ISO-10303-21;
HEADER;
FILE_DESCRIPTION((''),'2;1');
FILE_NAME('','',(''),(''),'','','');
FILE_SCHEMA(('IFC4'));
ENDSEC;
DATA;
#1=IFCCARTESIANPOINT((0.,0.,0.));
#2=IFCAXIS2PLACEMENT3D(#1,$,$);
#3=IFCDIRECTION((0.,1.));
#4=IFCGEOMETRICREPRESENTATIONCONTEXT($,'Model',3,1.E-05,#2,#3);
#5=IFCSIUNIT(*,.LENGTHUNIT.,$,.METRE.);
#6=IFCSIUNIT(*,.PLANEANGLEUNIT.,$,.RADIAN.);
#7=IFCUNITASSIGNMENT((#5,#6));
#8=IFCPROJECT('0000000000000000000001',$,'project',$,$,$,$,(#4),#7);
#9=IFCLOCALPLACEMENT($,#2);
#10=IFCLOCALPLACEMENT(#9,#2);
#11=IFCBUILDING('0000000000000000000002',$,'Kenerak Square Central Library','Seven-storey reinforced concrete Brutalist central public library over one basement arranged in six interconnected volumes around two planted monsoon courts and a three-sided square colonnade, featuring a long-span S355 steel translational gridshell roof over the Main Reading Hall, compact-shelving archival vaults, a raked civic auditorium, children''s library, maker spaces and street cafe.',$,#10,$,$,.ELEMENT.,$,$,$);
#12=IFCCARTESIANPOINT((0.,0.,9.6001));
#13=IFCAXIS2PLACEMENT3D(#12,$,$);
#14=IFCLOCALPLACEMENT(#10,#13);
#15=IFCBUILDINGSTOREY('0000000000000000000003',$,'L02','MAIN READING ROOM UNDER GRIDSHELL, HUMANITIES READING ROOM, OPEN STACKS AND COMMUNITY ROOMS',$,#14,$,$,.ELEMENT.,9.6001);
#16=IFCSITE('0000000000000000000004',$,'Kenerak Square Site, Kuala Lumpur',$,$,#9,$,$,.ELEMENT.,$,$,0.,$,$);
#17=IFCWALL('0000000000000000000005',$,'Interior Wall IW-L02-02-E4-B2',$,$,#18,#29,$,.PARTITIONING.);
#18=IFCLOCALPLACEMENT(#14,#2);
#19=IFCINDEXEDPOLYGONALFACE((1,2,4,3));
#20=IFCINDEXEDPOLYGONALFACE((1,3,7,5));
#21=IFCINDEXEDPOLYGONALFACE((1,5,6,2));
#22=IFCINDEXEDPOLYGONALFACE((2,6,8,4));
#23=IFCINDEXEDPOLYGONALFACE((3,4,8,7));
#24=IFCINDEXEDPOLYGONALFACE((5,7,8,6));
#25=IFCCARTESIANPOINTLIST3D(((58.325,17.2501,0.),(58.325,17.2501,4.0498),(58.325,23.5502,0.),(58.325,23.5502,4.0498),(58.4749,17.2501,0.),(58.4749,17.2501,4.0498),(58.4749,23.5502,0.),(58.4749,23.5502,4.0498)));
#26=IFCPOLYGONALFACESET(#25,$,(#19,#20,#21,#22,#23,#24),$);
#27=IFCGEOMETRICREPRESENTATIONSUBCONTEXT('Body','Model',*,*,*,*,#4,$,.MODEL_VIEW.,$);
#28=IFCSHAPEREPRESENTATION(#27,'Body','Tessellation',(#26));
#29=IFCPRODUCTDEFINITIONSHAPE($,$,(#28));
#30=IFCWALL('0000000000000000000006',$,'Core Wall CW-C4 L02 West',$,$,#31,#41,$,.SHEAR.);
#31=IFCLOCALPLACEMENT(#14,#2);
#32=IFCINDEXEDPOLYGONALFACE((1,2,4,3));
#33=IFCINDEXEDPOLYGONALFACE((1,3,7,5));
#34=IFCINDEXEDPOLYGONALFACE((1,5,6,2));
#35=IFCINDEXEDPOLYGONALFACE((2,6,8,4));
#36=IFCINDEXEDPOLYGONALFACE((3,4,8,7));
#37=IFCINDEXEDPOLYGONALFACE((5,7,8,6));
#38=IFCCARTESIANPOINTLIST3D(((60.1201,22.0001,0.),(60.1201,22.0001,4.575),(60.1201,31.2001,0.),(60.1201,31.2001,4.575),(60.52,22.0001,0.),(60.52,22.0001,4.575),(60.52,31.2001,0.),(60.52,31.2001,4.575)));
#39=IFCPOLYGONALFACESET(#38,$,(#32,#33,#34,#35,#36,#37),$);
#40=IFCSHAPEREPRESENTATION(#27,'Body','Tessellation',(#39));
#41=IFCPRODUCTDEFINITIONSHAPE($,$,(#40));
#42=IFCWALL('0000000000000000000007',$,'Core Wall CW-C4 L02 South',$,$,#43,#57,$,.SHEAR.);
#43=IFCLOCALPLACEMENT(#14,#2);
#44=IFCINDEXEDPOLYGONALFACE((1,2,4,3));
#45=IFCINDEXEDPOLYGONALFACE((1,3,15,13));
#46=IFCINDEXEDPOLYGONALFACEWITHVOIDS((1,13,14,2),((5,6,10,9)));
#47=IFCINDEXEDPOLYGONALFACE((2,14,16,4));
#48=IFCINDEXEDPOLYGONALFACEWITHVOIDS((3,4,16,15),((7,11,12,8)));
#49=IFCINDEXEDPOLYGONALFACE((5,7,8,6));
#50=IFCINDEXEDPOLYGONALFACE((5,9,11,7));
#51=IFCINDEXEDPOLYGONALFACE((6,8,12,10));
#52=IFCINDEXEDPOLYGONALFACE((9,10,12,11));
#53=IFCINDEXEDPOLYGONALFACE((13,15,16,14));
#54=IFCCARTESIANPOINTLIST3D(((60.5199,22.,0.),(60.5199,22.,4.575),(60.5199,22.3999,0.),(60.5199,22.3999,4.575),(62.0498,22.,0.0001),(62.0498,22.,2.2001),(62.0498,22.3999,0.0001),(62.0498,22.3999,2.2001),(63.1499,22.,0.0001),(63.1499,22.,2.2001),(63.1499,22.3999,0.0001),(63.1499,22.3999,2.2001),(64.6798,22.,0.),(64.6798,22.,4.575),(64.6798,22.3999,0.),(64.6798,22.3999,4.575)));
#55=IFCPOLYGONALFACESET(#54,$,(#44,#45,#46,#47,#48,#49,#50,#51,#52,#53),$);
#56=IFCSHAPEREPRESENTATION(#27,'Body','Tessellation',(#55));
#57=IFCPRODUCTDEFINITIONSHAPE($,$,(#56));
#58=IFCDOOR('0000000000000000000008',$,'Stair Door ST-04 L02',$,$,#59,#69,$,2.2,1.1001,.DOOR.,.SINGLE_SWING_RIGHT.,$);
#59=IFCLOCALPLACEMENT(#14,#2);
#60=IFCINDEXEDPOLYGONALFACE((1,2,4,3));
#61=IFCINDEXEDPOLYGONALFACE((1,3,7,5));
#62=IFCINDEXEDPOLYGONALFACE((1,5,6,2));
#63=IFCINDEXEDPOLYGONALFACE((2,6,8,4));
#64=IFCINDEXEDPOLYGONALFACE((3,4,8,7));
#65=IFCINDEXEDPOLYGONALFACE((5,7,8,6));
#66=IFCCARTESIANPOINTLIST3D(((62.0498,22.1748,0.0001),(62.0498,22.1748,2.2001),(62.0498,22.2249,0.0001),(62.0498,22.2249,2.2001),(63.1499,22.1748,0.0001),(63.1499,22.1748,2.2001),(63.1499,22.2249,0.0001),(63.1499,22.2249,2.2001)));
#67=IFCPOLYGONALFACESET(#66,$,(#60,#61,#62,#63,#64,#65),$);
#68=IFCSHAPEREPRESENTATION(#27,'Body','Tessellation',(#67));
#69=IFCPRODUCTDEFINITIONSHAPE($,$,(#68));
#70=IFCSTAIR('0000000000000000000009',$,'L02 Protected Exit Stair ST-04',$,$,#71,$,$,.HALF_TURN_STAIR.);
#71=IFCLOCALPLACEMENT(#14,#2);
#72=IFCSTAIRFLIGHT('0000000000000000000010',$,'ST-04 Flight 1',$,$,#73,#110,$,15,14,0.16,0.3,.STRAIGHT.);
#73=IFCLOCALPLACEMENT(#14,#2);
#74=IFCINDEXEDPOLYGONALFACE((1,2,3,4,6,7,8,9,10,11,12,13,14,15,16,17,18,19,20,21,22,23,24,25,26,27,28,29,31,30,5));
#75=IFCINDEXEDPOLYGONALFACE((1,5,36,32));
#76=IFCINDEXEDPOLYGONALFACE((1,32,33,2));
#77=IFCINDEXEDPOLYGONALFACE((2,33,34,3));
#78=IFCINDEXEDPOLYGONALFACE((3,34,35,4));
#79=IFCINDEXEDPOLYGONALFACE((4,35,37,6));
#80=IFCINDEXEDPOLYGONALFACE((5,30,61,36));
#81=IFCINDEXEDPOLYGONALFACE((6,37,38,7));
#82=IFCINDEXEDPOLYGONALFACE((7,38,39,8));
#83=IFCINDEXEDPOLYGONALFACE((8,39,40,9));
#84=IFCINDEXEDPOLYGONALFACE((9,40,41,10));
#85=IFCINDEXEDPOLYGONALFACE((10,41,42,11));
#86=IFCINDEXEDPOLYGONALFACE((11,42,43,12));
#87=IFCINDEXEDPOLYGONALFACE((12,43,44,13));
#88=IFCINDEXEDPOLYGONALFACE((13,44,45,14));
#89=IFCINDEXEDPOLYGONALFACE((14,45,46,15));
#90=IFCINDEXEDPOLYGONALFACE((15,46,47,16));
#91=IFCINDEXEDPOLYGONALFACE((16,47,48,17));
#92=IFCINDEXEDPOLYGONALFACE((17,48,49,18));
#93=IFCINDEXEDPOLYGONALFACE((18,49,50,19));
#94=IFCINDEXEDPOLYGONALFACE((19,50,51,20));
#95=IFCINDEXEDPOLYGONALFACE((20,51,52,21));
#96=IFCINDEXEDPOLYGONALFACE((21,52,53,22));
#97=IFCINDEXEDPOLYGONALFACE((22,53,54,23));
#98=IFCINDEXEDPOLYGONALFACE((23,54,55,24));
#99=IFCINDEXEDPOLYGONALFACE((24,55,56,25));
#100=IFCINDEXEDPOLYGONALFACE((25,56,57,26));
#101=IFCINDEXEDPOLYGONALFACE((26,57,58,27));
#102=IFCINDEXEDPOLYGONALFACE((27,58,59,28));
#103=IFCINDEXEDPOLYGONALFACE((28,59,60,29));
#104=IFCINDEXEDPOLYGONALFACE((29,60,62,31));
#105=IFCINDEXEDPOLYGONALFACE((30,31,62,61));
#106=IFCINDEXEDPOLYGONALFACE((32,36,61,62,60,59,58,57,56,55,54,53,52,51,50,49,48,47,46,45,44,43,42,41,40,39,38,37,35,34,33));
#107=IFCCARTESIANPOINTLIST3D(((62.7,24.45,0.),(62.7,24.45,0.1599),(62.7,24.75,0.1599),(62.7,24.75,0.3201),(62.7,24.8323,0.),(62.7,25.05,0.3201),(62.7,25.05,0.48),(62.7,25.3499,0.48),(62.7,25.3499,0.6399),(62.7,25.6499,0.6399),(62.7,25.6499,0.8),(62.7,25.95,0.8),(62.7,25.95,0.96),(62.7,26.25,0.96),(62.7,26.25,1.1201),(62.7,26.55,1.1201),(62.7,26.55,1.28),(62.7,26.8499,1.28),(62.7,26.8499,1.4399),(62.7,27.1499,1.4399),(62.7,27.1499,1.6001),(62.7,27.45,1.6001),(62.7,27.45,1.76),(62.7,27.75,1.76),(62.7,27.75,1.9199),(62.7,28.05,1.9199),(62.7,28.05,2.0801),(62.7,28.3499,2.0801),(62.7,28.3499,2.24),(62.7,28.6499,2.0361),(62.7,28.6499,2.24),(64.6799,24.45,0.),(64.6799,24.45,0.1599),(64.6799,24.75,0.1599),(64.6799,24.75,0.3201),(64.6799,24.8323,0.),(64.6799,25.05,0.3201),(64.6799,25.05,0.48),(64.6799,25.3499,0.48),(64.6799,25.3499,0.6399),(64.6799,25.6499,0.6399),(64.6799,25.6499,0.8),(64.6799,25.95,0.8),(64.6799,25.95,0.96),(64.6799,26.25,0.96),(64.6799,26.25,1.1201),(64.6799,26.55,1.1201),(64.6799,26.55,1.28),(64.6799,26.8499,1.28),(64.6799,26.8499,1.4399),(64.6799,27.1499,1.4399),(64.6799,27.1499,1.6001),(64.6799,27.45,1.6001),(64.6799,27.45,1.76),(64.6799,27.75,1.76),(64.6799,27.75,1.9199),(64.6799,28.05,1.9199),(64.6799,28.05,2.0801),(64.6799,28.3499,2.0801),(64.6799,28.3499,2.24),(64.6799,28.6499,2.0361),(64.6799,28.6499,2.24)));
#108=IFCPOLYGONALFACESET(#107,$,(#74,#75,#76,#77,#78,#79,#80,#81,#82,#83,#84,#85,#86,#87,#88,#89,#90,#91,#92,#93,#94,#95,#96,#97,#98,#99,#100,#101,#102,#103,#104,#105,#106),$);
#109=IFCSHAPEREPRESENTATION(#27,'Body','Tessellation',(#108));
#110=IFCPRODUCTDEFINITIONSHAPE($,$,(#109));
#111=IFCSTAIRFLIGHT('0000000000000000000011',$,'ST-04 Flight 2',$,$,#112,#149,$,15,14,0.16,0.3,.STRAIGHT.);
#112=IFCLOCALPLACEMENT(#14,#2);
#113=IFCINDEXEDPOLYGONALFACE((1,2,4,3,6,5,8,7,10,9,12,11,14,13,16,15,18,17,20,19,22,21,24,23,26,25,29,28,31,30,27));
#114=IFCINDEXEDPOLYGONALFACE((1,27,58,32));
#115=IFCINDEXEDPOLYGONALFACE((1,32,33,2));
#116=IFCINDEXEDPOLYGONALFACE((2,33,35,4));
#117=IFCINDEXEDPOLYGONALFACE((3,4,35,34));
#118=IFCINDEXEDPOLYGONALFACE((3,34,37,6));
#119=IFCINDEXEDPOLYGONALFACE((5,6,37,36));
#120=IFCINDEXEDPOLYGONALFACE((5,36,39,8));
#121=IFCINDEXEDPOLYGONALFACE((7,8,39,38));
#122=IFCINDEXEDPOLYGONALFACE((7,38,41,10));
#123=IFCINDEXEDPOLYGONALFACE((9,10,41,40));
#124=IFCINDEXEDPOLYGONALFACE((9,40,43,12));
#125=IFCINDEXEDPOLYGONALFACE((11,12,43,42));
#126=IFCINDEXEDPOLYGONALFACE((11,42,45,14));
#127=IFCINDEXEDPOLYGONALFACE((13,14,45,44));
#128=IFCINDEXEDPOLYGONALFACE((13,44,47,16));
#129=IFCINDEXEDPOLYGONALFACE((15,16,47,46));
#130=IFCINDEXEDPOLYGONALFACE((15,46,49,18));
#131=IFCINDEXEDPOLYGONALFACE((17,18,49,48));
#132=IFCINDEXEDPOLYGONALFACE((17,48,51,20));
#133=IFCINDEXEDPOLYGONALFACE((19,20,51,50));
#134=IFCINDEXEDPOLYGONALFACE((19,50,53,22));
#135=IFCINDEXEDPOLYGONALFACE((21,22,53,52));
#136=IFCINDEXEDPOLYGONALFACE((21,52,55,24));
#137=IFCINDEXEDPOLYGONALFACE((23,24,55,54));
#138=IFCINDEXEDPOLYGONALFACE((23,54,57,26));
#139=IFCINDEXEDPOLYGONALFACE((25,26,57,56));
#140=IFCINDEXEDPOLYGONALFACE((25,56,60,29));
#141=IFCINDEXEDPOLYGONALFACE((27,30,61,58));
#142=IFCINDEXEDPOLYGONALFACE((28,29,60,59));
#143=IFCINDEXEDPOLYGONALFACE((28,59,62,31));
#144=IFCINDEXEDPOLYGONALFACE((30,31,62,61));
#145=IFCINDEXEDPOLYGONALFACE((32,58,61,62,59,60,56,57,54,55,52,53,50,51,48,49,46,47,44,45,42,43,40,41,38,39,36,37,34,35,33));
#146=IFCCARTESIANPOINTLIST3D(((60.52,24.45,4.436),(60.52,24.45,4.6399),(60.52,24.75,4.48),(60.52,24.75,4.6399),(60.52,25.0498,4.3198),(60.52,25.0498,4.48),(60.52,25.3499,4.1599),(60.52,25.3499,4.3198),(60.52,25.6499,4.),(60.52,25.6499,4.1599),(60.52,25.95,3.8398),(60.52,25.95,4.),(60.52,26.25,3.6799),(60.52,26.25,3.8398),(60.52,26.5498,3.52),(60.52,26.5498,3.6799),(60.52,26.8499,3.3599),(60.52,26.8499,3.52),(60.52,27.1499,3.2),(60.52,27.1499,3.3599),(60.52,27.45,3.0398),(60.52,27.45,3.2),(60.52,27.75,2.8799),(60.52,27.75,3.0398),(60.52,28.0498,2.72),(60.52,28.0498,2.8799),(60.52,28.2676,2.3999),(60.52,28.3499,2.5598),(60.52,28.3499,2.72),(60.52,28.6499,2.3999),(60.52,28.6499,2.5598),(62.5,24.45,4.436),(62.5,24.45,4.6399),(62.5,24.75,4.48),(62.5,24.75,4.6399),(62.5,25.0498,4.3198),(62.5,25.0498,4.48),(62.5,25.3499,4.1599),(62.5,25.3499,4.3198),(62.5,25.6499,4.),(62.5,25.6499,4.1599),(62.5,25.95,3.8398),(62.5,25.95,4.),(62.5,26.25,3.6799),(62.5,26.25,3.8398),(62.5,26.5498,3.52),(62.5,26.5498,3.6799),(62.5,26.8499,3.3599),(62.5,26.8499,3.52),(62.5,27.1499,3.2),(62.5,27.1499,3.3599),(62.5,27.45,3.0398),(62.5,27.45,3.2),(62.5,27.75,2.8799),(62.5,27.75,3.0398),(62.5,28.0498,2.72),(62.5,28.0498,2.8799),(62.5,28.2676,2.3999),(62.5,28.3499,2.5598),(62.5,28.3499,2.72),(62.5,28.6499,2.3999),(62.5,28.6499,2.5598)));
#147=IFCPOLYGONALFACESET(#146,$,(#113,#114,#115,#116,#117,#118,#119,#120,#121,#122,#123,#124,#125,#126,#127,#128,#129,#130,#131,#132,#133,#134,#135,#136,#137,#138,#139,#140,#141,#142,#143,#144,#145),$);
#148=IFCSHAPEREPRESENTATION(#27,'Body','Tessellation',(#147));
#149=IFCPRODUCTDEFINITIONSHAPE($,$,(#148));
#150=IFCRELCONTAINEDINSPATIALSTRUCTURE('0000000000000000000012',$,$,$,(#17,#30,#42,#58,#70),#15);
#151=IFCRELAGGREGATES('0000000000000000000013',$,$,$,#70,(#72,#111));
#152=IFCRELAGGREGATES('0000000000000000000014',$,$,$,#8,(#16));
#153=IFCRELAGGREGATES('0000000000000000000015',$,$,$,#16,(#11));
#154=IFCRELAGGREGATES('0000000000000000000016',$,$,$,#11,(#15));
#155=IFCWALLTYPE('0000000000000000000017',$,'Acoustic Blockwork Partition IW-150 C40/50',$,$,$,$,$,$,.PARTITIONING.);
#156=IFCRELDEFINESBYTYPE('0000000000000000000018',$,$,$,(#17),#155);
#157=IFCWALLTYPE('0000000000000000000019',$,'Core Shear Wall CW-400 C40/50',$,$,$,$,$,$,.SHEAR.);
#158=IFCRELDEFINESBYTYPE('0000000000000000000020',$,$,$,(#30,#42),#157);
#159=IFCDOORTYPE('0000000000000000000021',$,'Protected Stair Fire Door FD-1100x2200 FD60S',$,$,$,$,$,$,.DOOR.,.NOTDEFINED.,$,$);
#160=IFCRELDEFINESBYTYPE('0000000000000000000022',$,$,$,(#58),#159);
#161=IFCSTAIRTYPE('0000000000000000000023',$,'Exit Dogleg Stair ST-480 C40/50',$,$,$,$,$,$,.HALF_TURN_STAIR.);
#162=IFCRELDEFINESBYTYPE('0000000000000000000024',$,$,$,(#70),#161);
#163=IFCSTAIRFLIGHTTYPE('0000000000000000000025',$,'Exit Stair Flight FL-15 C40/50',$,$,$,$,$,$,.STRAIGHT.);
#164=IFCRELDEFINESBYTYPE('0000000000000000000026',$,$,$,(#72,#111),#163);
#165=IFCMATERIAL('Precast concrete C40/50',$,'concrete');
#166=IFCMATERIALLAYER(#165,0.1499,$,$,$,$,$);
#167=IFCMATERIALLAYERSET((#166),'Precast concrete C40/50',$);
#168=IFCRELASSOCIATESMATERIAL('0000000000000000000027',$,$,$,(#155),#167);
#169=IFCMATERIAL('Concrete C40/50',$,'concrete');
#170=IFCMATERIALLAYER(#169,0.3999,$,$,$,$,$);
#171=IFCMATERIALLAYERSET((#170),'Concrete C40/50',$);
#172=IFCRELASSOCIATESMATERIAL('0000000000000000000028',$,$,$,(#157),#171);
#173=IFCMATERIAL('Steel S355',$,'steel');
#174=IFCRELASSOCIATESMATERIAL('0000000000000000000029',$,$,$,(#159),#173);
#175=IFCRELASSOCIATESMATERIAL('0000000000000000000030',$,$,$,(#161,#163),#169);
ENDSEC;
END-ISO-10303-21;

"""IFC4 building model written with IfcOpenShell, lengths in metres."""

from ifc_helpers import new_model, si_unit, direction, frame, frame_2d, origin, place, context, subcontext, project, spatial, polyline, rectangle, outline, extrude, material, layer, layer_set, type_object, element, fill, aggregate, save


model = new_model("IFC4")

# Units and contexts
model_context = context("Model", 3, precision=1e-05, world=origin(), true_north=direction((0.0, 1.0)))
body_context = subcontext(model_context, "Body", "Model", "MODEL_VIEW")
ifc_project = project(units=[si_unit("LENGTHUNIT", "METRE"), si_unit("PLANEANGLEUNIT", "RADIAN")], contexts=[model_context])

# Site, building, storey
site_placement = place(None, origin())
site = spatial("IfcSite", under=ifc_project, at=site_placement, Name="Kenerak Square Site, Kuala Lumpur", CompositionType="ELEMENT", RefElevation=0.0)
building_placement = place(site_placement, origin())
building = spatial("IfcBuilding", under=site, at=building_placement, Name="Kenerak Square Central Library", Description="Seven-storey reinforced concrete Brutalist central public library over one basement arranged in six interconnected volumes around two planted monsoon courts and a three-sided square colonnade, featuring a long-span S355 steel translational gridshell roof over the Main Reading Hall, compact-shelving archival vaults, a raked civic auditorium, children's library, maker spaces and street cafe.", CompositionType="ELEMENT")
storey_placement = place(building_placement, frame((0.0, 0.0, 9.6001)))
storey = spatial("IfcBuildingStorey", under=building, at=storey_placement, Name="L02", Description="MAIN READING ROOM UNDER GRIDSHELL, HUMANITIES READING ROOM, OPEN STACKS AND COMMUNITY ROOMS", CompositionType="ELEMENT", Elevation=9.6001)

# Shared definitions
ifc_material_1 = material(Name="Concrete C40/50", Category="concrete")

# Shared definitions
ifc_material_2 = material(Name="Steel S355", Category="steel")

# Walls
ifc_material_3 = material(Name="Precast concrete C40/50", Category="concrete")
ifc_layer_1 = layer(ifc_material_3, 0.1499)
ifc_layer_set_1 = layer_set([ifc_layer_1], Name="Precast concrete C40/50")
wall_type_1 = type_object("IfcWallType", Name="Acoustic Blockwork Partition IW-150 C40/50", PredefinedType="PARTITIONING", material=ifc_layer_set_1)
wall_1_placement = place(storey_placement, frame((58.3999, 23.55, 0.0), z_axis=(0.0, 0.0, 1.0), x_axis=(0.0, -1.0, 0.0)))
element("IfcWall", 1, at=wall_1_placement, inside=storey, type_object=wall_type_1, Name="Interior Wall IW-L02-02-E4-B2", PredefinedType="PARTITIONING", context=body_context, shape_type="SweptSolid", body=[
    extrude(rectangle(XDim=6.3, YDim=0.1499, at=frame_2d((3.1499, 0.0))), origin(), (0.0, 0.0, 1.0), 4.0498),
])
ifc_layer_2 = layer(ifc_material_1, 0.3999)
ifc_layer_set_2 = layer_set([ifc_layer_2], Name="Concrete C40/50")
wall_type_2 = type_object("IfcWallType", Name="Core Shear Wall CW-400 C40/50", PredefinedType="SHEAR", material=ifc_layer_set_2)
wall_2_placement = place(storey_placement, frame((60.3201, 22.0, 0.0), z_axis=(0.0, 0.0, 1.0), x_axis=(0.0, 1.0, 0.0)))
element("IfcWall", 2, at=wall_2_placement, inside=storey, type_object=wall_type_2, Name="Core Wall CW-C4 L02 West", PredefinedType="SHEAR", context=body_context, shape_type="SweptSolid", body=[
    extrude(rectangle(XDim=9.2, YDim=0.3999, at=frame_2d((4.6001, 0.0))), origin(), (0.0, 0.0, 1.0), 4.575),
])

# Wall, opening, door
wall_3_placement = place(storey_placement, frame((64.6799, 22.2, 0.0), z_axis=(0.0, 0.0, 1.0), x_axis=(-1.0, 0.0, 0.0)))
wall_3 = element("IfcWall", 3, at=wall_3_placement, inside=storey, type_object=wall_type_2, Name="Core Wall CW-C4 L02 South", PredefinedType="SHEAR", context=body_context, shape_type="SweptSolid", body=[
    extrude(rectangle(XDim=4.1599, YDim=0.3999, at=frame_2d((2.0801, 0.0))), origin(), (0.0, 0.0, 1.0), 4.575),
])
opening_placement = place(wall_3_placement, frame((1.53, 0.0, 0.0)))
opening = element("IfcOpeningElement", 4, at=opening_placement, cuts=wall_3, PredefinedType="OPENING", context=body_context, shape_type="SweptSolid", body=[
    extrude(rectangle(XDim=1.1001, YDim=2.2, at=frame_2d((0.55, 1.1001))), frame((0.0, 0.21, 0.0), z_axis=(0.0, -1.0, 0.0), x_axis=(1.0, 0.0, 0.0)), (0.0, 0.0, 1.0), 0.4199),
])
door_type = type_object("IfcDoorType", Name="Protected Stair Fire Door FD-1100x2200 FD60S", OperationType="NOTDEFINED", PredefinedType="DOOR", material=ifc_material_2)
door_placement = place(opening_placement, frame((1.1001, 0.0, 0.0), z_axis=(0.0, 0.0, 1.0), x_axis=(-1.0, 0.0, 0.0)))
door = element("IfcDoor", 5, at=door_placement, inside=storey, type_object=door_type, Name="Stair Door ST-04 L02", OperationType="SINGLE_SWING_RIGHT", OverallHeight=2.2, OverallWidth=1.1001, PredefinedType="DOOR", context=body_context, shape_type="SweptSolid", body=[
    extrude(rectangle(XDim=1.1001, YDim=2.2, at=frame_2d((0.55, 1.1001))), frame((0.0, 0.0249, 0.0), z_axis=(0.0, -1.0, 0.0), x_axis=(1.0, 0.0, 0.0)), (0.0, 0.0, 1.0), 0.05),
])
fill(opening, door)

# Stair, stair flights
stair_type = type_object("IfcStairType", Name="Exit Dogleg Stair ST-480 C40/50", PredefinedType="HALF_TURN_STAIR", material=ifc_material_1)
stair_placement = place(storey_placement, origin())
stair = element("IfcStair", 6, at=stair_placement, inside=storey, type_object=stair_type, Name="L02 Protected Exit Stair ST-04", PredefinedType="HALF_TURN_STAIR")
stair_flight_type = type_object("IfcStairFlightType", Name="Exit Stair Flight FL-15 C40/50", PredefinedType="STRAIGHT", material=ifc_material_1)
stair_flight_1_placement = place(storey_placement, frame((63.6899, 24.45, 0.0), z_axis=(0.0, 0.0, 1.0), x_axis=(0.0, 1.0, 0.0)))
stair_flight_1 = element("IfcStairFlight", 7, at=stair_flight_1_placement, type_object=stair_flight_type, Name="ST-04 Flight 1", NumberOfRisers=15, NumberOfTreads=14, PredefinedType="STRAIGHT", RiserHeight=0.16, TreadLength=0.3, context=body_context, shape_type="SweptSolid", body=[
    extrude(outline(polyline([(0.0, 0.0), (0.0, 0.1599), (0.3, 0.1599), (0.3, 0.3201), (0.6001, 0.3201), (0.6001, 0.48), (0.8999, 0.48), (0.8999, 0.6399), (1.2, 0.6399), (1.2, 0.8), (1.5, 0.8), (1.5, 0.96), (1.8, 0.96), (1.8, 1.1201), (2.1001, 1.1201), (2.1001, 1.28), (2.3999, 1.28), (2.3999, 1.4399), (2.7, 1.4399), (2.7, 1.6001), (3.0, 1.6001), (3.0, 1.76), (3.3, 1.76), (3.3, 1.9199), (3.6001, 1.9199), (3.6001, 2.0801), (3.8999, 2.0801), (3.8999, 2.24), (4.2, 2.24), (4.2, 2.3999), (4.2, 2.0361), (0.3823, 0.0), (0.0, 0.0)])), frame((0.0, 0.99, 0.0), z_axis=(0.0, -1.0, 0.0), x_axis=(1.0, 0.0, 0.0)), (0.0, 0.0, 1.0), 1.98),
])
stair_flight_2_placement = place(storey_placement, frame((61.51, 28.6499, 2.3999), z_axis=(0.0, 0.0, 1.0), x_axis=(0.0, -1.0, 0.0)))
stair_flight_2 = element("IfcStairFlight", 8, at=stair_flight_2_placement, type_object=stair_flight_type, Name="ST-04 Flight 2", NumberOfRisers=15, NumberOfTreads=14, PredefinedType="STRAIGHT", RiserHeight=0.16, TreadLength=0.3, context=body_context, shape_type="SweptSolid", body=[
    extrude(outline(polyline([(0.0, 0.0), (0.0, 0.1599), (0.3, 0.1599), (0.3, 0.3201), (0.6001, 0.3201), (0.6001, 0.48), (0.8999, 0.48), (0.8999, 0.6399), (1.2, 0.6399), (1.2, 0.8), (1.5, 0.8), (1.5, 0.96), (1.8, 0.96), (1.8, 1.1201), (2.1001, 1.1201), (2.1001, 1.28), (2.3999, 1.28), (2.3999, 1.4399), (2.7, 1.4399), (2.7, 1.6001), (3.0, 1.6001), (3.0, 1.76), (3.3, 1.76), (3.3, 1.9199), (3.6001, 1.9199), (3.6001, 2.0801), (3.8999, 2.0801), (3.8999, 2.24), (4.2, 2.24), (4.2, 2.3999), (4.2, 2.0361), (0.3823, 0.0), (0.0, 0.0)])), frame((0.0, 0.99, 0.0), z_axis=(0.0, -1.0, 0.0), x_axis=(1.0, 0.0, 0.0)), (0.0, 0.0, 1.0), 1.98),
])
aggregate(stair, [stair_flight_1, stair_flight_2])

save(model, "model.ifc")
